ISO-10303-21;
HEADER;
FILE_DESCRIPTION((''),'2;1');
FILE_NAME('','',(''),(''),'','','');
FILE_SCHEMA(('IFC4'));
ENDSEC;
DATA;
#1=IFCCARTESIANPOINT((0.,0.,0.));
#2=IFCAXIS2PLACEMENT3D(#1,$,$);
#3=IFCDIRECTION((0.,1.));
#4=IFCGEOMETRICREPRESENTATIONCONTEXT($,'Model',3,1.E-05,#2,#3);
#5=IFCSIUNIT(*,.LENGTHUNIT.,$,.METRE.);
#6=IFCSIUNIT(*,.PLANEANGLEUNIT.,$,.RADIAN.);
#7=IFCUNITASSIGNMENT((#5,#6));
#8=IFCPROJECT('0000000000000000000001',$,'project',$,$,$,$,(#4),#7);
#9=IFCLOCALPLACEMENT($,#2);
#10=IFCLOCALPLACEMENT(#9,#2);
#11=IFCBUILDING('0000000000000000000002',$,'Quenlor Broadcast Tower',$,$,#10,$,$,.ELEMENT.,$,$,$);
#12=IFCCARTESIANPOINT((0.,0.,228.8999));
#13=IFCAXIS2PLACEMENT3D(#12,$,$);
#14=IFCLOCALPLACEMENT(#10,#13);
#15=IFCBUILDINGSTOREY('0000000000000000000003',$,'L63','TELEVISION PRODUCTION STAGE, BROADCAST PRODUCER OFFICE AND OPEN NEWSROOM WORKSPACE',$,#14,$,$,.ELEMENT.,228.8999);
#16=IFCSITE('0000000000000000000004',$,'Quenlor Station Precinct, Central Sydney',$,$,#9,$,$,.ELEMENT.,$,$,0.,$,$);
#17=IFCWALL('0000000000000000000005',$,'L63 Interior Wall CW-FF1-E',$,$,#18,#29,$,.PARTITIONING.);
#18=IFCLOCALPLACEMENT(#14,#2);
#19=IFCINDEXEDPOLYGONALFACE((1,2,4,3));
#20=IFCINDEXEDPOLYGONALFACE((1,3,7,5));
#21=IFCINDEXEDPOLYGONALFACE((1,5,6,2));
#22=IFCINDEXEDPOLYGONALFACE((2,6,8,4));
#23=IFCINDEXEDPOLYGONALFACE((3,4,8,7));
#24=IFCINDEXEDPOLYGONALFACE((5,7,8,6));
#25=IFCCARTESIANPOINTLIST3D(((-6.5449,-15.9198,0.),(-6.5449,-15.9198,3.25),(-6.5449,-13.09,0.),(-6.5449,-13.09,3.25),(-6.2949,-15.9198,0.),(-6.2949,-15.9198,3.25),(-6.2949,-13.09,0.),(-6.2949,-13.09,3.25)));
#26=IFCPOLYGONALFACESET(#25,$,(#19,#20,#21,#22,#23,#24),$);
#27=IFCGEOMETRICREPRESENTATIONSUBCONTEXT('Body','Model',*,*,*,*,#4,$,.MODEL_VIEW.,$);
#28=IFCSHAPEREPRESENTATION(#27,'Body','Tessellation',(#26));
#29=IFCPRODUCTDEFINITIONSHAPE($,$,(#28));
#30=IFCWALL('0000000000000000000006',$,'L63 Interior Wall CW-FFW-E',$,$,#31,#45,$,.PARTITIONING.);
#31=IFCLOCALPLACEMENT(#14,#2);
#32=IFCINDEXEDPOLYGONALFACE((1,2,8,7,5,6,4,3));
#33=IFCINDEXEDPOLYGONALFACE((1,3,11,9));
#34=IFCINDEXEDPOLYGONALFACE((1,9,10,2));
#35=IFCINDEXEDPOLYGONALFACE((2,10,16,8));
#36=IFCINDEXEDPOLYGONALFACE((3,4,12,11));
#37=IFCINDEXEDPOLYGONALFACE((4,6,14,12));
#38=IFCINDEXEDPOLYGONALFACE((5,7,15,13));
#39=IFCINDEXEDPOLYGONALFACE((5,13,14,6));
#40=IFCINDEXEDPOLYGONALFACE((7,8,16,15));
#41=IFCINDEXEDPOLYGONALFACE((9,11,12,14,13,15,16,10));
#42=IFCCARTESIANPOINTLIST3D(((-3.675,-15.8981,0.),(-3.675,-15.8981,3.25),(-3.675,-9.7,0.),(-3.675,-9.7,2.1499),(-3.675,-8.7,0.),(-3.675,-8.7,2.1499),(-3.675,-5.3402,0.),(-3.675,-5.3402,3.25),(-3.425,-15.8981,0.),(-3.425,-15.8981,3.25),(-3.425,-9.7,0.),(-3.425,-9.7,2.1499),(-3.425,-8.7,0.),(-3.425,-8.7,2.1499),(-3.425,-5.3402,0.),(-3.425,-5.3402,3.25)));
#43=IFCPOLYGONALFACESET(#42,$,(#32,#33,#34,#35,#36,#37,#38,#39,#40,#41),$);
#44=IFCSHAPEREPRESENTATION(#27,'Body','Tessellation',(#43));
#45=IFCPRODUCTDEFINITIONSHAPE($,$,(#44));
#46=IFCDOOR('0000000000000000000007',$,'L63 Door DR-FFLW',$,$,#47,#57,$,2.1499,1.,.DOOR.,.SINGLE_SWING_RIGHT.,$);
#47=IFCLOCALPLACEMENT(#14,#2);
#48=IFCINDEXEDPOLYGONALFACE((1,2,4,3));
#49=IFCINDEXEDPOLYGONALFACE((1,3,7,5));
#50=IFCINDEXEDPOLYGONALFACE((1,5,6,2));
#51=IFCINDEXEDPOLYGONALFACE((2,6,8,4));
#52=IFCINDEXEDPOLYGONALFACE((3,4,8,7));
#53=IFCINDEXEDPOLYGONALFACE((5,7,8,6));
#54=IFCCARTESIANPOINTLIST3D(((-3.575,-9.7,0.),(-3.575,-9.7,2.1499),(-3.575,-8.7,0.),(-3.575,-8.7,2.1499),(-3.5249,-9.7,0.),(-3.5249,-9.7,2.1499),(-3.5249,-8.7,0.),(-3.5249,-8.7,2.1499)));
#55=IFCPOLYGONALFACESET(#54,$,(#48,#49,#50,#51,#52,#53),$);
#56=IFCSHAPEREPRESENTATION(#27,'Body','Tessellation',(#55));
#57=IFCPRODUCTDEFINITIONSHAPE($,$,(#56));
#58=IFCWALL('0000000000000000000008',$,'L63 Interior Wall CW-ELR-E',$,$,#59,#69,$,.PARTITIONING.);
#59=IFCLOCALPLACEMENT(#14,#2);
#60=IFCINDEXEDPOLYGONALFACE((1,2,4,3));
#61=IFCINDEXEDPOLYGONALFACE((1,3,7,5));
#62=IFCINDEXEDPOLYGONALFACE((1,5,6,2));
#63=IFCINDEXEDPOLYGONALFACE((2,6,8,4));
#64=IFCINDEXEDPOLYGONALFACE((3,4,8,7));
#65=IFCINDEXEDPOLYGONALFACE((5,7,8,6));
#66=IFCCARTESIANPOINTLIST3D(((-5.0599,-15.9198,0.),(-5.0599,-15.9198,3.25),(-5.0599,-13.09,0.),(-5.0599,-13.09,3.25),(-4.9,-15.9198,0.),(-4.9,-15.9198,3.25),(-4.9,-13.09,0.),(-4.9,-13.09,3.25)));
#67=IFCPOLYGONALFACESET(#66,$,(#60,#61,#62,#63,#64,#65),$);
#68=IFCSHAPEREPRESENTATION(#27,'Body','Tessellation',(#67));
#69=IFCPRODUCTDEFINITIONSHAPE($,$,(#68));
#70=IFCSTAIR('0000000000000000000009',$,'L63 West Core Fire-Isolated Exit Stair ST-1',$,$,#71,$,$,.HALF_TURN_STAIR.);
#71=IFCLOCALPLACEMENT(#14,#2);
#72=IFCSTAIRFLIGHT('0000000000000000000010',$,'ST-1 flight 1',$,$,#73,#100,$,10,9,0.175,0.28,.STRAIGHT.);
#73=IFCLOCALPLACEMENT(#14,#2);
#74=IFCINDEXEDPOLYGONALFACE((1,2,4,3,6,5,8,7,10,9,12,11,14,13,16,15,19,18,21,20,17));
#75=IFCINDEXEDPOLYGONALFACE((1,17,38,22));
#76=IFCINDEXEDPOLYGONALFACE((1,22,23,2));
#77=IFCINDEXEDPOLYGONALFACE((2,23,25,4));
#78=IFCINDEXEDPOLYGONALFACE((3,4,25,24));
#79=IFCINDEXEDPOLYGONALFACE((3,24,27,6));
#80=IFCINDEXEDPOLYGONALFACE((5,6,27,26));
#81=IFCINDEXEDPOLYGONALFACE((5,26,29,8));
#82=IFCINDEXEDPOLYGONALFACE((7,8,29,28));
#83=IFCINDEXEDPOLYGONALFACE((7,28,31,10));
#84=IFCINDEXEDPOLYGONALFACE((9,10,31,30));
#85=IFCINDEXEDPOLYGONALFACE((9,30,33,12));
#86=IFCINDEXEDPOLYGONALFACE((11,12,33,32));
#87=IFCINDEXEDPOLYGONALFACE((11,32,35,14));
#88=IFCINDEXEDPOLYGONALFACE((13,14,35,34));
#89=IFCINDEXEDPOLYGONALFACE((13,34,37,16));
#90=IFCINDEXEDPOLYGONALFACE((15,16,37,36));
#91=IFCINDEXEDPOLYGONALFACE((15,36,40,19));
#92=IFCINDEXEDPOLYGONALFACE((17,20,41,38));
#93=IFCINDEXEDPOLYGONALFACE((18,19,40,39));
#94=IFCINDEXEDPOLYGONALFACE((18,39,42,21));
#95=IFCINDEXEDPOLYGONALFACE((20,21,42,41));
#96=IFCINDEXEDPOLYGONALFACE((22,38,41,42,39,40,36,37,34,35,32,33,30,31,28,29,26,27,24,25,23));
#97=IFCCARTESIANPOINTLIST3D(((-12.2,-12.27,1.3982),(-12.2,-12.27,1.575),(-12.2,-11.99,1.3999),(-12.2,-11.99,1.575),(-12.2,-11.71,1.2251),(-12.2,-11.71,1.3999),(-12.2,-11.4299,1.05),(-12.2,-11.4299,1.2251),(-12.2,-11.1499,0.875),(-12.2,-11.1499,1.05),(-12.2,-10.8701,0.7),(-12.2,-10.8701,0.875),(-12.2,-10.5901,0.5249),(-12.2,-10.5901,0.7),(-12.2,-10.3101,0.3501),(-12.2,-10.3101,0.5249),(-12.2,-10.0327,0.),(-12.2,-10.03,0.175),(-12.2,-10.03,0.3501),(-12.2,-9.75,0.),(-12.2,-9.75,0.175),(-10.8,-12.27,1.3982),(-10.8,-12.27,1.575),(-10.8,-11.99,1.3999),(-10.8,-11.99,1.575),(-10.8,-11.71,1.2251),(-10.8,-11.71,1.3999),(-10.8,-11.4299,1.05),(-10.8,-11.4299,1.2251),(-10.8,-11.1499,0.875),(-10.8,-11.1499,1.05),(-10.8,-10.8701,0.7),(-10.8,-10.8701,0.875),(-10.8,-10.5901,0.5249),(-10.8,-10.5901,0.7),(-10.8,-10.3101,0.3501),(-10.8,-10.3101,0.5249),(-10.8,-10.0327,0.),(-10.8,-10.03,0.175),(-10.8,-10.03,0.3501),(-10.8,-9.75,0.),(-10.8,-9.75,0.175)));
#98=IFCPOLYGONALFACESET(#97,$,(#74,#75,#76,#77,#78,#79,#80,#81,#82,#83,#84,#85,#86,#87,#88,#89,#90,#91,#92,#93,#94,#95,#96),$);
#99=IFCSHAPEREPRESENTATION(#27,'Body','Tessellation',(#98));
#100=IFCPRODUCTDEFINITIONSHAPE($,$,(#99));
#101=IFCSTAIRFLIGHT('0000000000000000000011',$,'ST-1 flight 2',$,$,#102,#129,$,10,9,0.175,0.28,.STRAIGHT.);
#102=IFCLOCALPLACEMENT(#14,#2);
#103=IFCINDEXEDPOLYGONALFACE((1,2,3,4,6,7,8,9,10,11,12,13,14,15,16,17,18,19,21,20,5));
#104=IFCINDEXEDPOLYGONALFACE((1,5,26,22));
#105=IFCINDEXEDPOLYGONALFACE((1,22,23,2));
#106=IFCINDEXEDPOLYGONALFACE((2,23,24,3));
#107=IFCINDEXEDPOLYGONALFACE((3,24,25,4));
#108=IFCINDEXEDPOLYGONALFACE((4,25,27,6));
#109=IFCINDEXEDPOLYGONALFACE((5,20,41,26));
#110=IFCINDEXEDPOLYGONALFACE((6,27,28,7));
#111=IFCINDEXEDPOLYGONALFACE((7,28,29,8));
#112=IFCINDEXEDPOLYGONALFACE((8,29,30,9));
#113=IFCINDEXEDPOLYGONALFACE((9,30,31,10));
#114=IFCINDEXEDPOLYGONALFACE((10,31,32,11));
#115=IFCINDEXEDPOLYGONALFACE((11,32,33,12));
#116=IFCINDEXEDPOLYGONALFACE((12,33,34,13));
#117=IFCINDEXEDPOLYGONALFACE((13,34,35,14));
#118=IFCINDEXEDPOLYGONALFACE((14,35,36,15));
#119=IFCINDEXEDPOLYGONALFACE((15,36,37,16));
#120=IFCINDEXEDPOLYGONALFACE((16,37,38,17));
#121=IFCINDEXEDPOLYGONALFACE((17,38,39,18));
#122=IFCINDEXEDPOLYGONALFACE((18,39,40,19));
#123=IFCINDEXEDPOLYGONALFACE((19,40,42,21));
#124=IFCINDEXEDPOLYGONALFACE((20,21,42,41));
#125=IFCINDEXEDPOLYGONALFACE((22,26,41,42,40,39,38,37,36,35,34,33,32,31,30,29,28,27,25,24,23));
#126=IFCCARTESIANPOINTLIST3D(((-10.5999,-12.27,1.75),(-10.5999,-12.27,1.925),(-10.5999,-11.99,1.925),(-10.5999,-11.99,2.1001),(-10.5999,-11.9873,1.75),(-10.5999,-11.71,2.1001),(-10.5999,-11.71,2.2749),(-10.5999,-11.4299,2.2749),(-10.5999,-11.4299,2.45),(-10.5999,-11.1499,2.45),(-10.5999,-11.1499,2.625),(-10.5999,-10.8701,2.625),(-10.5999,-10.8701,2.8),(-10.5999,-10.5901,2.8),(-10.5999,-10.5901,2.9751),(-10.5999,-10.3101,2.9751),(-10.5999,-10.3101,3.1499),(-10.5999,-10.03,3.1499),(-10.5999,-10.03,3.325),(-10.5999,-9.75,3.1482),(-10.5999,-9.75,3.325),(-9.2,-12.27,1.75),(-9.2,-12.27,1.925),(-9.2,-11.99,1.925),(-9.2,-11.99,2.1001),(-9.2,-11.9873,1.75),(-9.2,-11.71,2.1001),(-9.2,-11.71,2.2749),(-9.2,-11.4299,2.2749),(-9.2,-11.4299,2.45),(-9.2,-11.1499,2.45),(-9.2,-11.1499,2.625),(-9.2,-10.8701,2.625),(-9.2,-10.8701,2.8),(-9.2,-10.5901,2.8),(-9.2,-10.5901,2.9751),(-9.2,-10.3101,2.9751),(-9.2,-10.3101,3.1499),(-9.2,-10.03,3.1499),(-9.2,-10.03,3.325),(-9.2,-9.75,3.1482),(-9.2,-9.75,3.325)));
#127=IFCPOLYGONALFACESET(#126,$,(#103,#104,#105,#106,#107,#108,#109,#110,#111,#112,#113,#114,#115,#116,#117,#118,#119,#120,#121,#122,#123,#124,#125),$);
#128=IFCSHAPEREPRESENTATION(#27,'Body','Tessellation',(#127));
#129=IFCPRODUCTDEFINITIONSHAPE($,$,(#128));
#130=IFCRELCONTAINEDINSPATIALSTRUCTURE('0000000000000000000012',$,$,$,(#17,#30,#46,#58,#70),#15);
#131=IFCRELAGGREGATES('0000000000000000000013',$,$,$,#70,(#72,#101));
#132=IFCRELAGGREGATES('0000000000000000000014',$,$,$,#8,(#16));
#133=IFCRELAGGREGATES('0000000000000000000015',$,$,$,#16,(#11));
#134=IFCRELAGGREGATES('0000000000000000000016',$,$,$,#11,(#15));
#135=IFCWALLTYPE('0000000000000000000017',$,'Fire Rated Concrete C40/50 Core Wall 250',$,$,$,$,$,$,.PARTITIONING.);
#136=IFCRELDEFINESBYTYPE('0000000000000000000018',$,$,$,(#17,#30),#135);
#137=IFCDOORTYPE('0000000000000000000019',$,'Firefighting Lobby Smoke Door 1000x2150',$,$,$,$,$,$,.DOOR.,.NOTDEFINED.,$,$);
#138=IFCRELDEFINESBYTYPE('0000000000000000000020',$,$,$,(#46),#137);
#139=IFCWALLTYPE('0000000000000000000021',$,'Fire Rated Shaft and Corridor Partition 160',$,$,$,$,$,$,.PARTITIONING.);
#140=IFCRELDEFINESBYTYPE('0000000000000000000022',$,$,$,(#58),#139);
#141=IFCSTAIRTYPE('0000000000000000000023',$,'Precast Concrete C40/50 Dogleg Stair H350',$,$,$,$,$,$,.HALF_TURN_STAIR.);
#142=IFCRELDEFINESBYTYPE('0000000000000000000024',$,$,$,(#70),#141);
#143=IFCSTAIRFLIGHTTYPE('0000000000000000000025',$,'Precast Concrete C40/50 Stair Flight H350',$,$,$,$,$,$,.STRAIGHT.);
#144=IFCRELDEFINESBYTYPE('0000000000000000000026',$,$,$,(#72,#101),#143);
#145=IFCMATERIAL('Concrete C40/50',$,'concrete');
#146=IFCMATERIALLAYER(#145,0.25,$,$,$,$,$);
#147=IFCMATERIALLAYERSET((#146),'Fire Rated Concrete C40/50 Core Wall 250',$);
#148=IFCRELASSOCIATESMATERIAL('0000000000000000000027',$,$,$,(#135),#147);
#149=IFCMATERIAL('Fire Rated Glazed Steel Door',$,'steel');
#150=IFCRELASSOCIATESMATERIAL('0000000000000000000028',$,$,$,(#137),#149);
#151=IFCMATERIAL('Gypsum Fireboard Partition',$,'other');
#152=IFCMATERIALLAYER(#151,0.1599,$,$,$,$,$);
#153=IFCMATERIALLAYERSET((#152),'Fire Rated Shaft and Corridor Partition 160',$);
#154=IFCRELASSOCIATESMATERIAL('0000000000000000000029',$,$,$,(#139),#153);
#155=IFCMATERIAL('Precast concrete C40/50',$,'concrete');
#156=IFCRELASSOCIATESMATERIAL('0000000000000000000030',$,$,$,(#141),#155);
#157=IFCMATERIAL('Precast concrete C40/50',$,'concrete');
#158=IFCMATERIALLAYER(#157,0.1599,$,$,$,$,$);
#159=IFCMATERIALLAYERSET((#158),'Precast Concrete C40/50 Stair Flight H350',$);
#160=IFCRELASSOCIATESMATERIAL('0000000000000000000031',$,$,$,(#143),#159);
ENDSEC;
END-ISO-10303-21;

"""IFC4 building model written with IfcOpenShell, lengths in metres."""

from ifc_helpers import new_model, si_unit, direction, frame, frame_2d, origin, place, context, subcontext, project, spatial, polyline, rectangle, outline, extrude, material, layer, layer_set, type_object, element, fill, aggregate, save


model = new_model("IFC4")

# Units and contexts
model_context = context("Model", 3, precision=1e-05, world=origin(), true_north=direction((0.0, 1.0)))
body_context = subcontext(model_context, "Body", "Model", "MODEL_VIEW")
ifc_project = project(units=[si_unit("LENGTHUNIT", "METRE"), si_unit("PLANEANGLEUNIT", "RADIAN")], contexts=[model_context])

# Site, building, storey
site_placement = place(None, origin())
site = spatial("IfcSite", under=ifc_project, at=site_placement, Name="Quenlor Station Precinct, Central Sydney", CompositionType="ELEMENT", RefElevation=0.0)
building_placement = place(site_placement, origin())
building = spatial("IfcBuilding", under=site, at=building_placement, Name="Quenlor Broadcast Tower", CompositionType="ELEMENT")
storey_placement = place(building_placement, frame((0.0, 0.0, 228.8999)))
storey = spatial("IfcBuildingStorey", under=building, at=storey_placement, Name="L63", Description="TELEVISION PRODUCTION STAGE, BROADCAST PRODUCER OFFICE AND OPEN NEWSROOM WORKSPACE", CompositionType="ELEMENT", Elevation=228.8999)

# Shared definitions
ifc_material_1 = material(Name="Concrete C40/50", Category="concrete")
ifc_layer_1 = layer(ifc_material_1, 0.25)
ifc_layer_set_1 = layer_set([ifc_layer_1], Name="Fire Rated Concrete C40/50 Core Wall 250")
wall_type_1 = type_object("IfcWallType", Name="Fire Rated Concrete C40/50 Core Wall 250", PredefinedType="PARTITIONING", material=ifc_layer_set_1)

# Wall
wall_1_placement = place(storey_placement, frame((-6.4199, -15.9199, 0.0), z_axis=(0.0, 0.0, 1.0), x_axis=(0.0, 1.0, 0.0)))
element("IfcWall", 1, at=wall_1_placement, inside=storey, type_object=wall_type_1, Name="L63 Interior Wall CW-FF1-E", PredefinedType="PARTITIONING", context=body_context, shape_type="SweptSolid", body=[
    extrude(rectangle(XDim=2.8298, YDim=0.25, at=frame_2d((1.415, 0.0))), origin(), (0.0, 0.0, 1.0), 3.25),
])

# Wall, opening, door
wall_2_placement = place(storey_placement, frame((-3.55, -15.8979, 0.0), z_axis=(0.0, 0.0, 1.0), x_axis=(0.0, 1.0, 0.0)))
wall_2 = element("IfcWall", 2, at=wall_2_placement, inside=storey, type_object=wall_type_1, Name="L63 Interior Wall CW-FFW-E", PredefinedType="PARTITIONING", context=body_context, shape_type="SweptSolid", body=[
    extrude(rectangle(XDim=10.5579, YDim=0.25, at=frame_2d((5.2788, 0.0))), origin(), (0.0, 0.0, 1.0), 3.25),
])
opening_1_placement = place(wall_2_placement, frame((6.198, 0.0, 0.0)))
opening_1 = element("IfcOpeningElement", 3, at=opening_1_placement, cuts=wall_2, PredefinedType="OPENING", context=body_context, shape_type="SweptSolid", body=[
    extrude(rectangle(XDim=1.0, YDim=2.1499, at=frame_2d((0.5, 1.075))), frame((0.0, 0.135, 0.0), z_axis=(0.0, -1.0, 0.0), x_axis=(1.0, 0.0, 0.0)), (0.0, 0.0, 1.0), 0.27),
])
ifc_material_2 = material(Name="Fire Rated Glazed Steel Door", Category="steel")
door_type_1 = type_object("IfcDoorType", Name="Firefighting Lobby Smoke Door 1000x2150", OperationType="NOTDEFINED", PredefinedType="DOOR", material=ifc_material_2)
door_1_placement = place(opening_1_placement, origin())
door_1 = element("IfcDoor", 4, at=door_1_placement, inside=storey, type_object=door_type_1, Name="L63 Door DR-FFLW", OperationType="SINGLE_SWING_RIGHT", OverallHeight=2.1499, OverallWidth=1.0, PredefinedType="DOOR", context=body_context, shape_type="SweptSolid", body=[
    extrude(rectangle(XDim=1.0, YDim=2.1499, at=frame_2d((0.5, 1.075))), frame((0.0, 0.0249, 0.0), z_axis=(0.0, -1.0, 0.0), x_axis=(1.0, 0.0, 0.0)), (0.0, 0.0, 1.0), 0.05),
])
fill(opening_1, door_1)

# Wall
ifc_material_3 = material(Name="Gypsum Fireboard Partition", Category="other")
ifc_layer_2 = layer(ifc_material_3, 0.1599)
ifc_layer_set_2 = layer_set([ifc_layer_2], Name="Fire Rated Shaft and Corridor Partition 160")
wall_type_2 = type_object("IfcWallType", Name="Fire Rated Shaft and Corridor Partition 160", PredefinedType="PARTITIONING", material=ifc_layer_set_2)
wall_3_placement = place(storey_placement, frame((-4.98, -15.9199, 0.0), z_axis=(0.0, 0.0, 1.0), x_axis=(0.0, 1.0, 0.0)))
element("IfcWall", 5, at=wall_3_placement, inside=storey, type_object=wall_type_2, Name="L63 Interior Wall CW-ELR-E", PredefinedType="PARTITIONING", context=body_context, shape_type="SweptSolid", body=[
    extrude(rectangle(XDim=2.8298, YDim=0.1599, at=frame_2d((1.415, 0.0))), origin(), (0.0, 0.0, 1.0), 3.25),
])

# Stair, stair flights
ifc_material_4 = material(Name="Precast concrete C40/50", Category="concrete")
stair_type = type_object("IfcStairType", Name="Precast Concrete C40/50 Dogleg Stair H350", PredefinedType="HALF_TURN_STAIR", material=ifc_material_4)
stair_placement = place(storey_placement, origin())
stair = element("IfcStair", 6, at=stair_placement, inside=storey, type_object=stair_type, Name="L63 West Core Fire-Isolated Exit Stair ST-1", PredefinedType="HALF_TURN_STAIR")
ifc_material_5 = material(Name="Precast concrete C40/50", Category="concrete")
ifc_layer_3 = layer(ifc_material_5, 0.1599)
ifc_layer_set_3 = layer_set([ifc_layer_3], Name="Precast Concrete C40/50 Stair Flight H350")
stair_flight_type = type_object("IfcStairFlightType", Name="Precast Concrete C40/50 Stair Flight H350", PredefinedType="STRAIGHT", material=ifc_layer_set_3)
stair_flight_1_placement = place(storey_placement, frame((-11.5, -9.75, 0.0), z_axis=(0.0, 0.0, 1.0), x_axis=(0.0, -1.0, 0.0)))
stair_flight_1 = element("IfcStairFlight", 7, at=stair_flight_1_placement, type_object=stair_flight_type, Name="ST-1 flight 1", NumberOfRisers=10, NumberOfTreads=9, PredefinedType="STRAIGHT", RiserHeight=0.175, TreadLength=0.28, context=body_context, shape_type="SweptSolid", body=[
    extrude(outline(polyline([(0.0, 0.0), (0.0, 0.175), (0.28, 0.175), (0.28, 0.3501), (0.5601, 0.3501), (0.5601, 0.5249), (0.8401, 0.5249), (0.8401, 0.7), (1.1201, 0.7), (1.1201, 0.875), (1.3999, 0.875), (1.3999, 1.05), (1.6799, 1.05), (1.6799, 1.2251), (1.96, 1.2251), (1.96, 1.3999), (2.24, 1.3999), (2.24, 1.575), (2.52, 1.575), (2.52, 1.75), (2.52, 1.3982), (0.2827, 0.0), (0.0, 0.0)])), frame((0.0, 0.7, 0.0), z_axis=(0.0, -1.0, 0.0), x_axis=(1.0, 0.0, 0.0)), (0.0, 0.0, 1.0), 1.3999),
])
stair_flight_2_placement = place(storey_placement, frame((-9.8999, -12.27, 1.75), z_axis=(0.0, 0.0, 1.0), x_axis=(0.0, 1.0, 0.0)))
stair_flight_2 = element("IfcStairFlight", 8, at=stair_flight_2_placement, type_object=stair_flight_type, Name="ST-1 flight 2", NumberOfRisers=10, NumberOfTreads=9, PredefinedType="STRAIGHT", RiserHeight=0.175, TreadLength=0.28, context=body_context, shape_type="SweptSolid", body=[
    extrude(outline(polyline([(0.0, 0.0), (0.0, 0.175), (0.28, 0.175), (0.28, 0.3501), (0.5601, 0.3501), (0.5601, 0.5249), (0.8401, 0.5249), (0.8401, 0.7), (1.1201, 0.7), (1.1201, 0.875), (1.3999, 0.875), (1.3999, 1.05), (1.6799, 1.05), (1.6799, 1.2251), (1.96, 1.2251), (1.96, 1.3999), (2.24, 1.3999), (2.24, 1.575), (2.52, 1.575), (2.52, 1.75), (2.52, 1.3982), (0.2827, 0.0), (0.0, 0.0)])), frame((0.0, 0.7, 0.0), z_axis=(0.0, -1.0, 0.0), x_axis=(1.0, 0.0, 0.0)), (0.0, 0.0, 1.0), 1.3999),
])
aggregate(stair, [stair_flight_1, stair_flight_2])

save(model, "model.ifc")
